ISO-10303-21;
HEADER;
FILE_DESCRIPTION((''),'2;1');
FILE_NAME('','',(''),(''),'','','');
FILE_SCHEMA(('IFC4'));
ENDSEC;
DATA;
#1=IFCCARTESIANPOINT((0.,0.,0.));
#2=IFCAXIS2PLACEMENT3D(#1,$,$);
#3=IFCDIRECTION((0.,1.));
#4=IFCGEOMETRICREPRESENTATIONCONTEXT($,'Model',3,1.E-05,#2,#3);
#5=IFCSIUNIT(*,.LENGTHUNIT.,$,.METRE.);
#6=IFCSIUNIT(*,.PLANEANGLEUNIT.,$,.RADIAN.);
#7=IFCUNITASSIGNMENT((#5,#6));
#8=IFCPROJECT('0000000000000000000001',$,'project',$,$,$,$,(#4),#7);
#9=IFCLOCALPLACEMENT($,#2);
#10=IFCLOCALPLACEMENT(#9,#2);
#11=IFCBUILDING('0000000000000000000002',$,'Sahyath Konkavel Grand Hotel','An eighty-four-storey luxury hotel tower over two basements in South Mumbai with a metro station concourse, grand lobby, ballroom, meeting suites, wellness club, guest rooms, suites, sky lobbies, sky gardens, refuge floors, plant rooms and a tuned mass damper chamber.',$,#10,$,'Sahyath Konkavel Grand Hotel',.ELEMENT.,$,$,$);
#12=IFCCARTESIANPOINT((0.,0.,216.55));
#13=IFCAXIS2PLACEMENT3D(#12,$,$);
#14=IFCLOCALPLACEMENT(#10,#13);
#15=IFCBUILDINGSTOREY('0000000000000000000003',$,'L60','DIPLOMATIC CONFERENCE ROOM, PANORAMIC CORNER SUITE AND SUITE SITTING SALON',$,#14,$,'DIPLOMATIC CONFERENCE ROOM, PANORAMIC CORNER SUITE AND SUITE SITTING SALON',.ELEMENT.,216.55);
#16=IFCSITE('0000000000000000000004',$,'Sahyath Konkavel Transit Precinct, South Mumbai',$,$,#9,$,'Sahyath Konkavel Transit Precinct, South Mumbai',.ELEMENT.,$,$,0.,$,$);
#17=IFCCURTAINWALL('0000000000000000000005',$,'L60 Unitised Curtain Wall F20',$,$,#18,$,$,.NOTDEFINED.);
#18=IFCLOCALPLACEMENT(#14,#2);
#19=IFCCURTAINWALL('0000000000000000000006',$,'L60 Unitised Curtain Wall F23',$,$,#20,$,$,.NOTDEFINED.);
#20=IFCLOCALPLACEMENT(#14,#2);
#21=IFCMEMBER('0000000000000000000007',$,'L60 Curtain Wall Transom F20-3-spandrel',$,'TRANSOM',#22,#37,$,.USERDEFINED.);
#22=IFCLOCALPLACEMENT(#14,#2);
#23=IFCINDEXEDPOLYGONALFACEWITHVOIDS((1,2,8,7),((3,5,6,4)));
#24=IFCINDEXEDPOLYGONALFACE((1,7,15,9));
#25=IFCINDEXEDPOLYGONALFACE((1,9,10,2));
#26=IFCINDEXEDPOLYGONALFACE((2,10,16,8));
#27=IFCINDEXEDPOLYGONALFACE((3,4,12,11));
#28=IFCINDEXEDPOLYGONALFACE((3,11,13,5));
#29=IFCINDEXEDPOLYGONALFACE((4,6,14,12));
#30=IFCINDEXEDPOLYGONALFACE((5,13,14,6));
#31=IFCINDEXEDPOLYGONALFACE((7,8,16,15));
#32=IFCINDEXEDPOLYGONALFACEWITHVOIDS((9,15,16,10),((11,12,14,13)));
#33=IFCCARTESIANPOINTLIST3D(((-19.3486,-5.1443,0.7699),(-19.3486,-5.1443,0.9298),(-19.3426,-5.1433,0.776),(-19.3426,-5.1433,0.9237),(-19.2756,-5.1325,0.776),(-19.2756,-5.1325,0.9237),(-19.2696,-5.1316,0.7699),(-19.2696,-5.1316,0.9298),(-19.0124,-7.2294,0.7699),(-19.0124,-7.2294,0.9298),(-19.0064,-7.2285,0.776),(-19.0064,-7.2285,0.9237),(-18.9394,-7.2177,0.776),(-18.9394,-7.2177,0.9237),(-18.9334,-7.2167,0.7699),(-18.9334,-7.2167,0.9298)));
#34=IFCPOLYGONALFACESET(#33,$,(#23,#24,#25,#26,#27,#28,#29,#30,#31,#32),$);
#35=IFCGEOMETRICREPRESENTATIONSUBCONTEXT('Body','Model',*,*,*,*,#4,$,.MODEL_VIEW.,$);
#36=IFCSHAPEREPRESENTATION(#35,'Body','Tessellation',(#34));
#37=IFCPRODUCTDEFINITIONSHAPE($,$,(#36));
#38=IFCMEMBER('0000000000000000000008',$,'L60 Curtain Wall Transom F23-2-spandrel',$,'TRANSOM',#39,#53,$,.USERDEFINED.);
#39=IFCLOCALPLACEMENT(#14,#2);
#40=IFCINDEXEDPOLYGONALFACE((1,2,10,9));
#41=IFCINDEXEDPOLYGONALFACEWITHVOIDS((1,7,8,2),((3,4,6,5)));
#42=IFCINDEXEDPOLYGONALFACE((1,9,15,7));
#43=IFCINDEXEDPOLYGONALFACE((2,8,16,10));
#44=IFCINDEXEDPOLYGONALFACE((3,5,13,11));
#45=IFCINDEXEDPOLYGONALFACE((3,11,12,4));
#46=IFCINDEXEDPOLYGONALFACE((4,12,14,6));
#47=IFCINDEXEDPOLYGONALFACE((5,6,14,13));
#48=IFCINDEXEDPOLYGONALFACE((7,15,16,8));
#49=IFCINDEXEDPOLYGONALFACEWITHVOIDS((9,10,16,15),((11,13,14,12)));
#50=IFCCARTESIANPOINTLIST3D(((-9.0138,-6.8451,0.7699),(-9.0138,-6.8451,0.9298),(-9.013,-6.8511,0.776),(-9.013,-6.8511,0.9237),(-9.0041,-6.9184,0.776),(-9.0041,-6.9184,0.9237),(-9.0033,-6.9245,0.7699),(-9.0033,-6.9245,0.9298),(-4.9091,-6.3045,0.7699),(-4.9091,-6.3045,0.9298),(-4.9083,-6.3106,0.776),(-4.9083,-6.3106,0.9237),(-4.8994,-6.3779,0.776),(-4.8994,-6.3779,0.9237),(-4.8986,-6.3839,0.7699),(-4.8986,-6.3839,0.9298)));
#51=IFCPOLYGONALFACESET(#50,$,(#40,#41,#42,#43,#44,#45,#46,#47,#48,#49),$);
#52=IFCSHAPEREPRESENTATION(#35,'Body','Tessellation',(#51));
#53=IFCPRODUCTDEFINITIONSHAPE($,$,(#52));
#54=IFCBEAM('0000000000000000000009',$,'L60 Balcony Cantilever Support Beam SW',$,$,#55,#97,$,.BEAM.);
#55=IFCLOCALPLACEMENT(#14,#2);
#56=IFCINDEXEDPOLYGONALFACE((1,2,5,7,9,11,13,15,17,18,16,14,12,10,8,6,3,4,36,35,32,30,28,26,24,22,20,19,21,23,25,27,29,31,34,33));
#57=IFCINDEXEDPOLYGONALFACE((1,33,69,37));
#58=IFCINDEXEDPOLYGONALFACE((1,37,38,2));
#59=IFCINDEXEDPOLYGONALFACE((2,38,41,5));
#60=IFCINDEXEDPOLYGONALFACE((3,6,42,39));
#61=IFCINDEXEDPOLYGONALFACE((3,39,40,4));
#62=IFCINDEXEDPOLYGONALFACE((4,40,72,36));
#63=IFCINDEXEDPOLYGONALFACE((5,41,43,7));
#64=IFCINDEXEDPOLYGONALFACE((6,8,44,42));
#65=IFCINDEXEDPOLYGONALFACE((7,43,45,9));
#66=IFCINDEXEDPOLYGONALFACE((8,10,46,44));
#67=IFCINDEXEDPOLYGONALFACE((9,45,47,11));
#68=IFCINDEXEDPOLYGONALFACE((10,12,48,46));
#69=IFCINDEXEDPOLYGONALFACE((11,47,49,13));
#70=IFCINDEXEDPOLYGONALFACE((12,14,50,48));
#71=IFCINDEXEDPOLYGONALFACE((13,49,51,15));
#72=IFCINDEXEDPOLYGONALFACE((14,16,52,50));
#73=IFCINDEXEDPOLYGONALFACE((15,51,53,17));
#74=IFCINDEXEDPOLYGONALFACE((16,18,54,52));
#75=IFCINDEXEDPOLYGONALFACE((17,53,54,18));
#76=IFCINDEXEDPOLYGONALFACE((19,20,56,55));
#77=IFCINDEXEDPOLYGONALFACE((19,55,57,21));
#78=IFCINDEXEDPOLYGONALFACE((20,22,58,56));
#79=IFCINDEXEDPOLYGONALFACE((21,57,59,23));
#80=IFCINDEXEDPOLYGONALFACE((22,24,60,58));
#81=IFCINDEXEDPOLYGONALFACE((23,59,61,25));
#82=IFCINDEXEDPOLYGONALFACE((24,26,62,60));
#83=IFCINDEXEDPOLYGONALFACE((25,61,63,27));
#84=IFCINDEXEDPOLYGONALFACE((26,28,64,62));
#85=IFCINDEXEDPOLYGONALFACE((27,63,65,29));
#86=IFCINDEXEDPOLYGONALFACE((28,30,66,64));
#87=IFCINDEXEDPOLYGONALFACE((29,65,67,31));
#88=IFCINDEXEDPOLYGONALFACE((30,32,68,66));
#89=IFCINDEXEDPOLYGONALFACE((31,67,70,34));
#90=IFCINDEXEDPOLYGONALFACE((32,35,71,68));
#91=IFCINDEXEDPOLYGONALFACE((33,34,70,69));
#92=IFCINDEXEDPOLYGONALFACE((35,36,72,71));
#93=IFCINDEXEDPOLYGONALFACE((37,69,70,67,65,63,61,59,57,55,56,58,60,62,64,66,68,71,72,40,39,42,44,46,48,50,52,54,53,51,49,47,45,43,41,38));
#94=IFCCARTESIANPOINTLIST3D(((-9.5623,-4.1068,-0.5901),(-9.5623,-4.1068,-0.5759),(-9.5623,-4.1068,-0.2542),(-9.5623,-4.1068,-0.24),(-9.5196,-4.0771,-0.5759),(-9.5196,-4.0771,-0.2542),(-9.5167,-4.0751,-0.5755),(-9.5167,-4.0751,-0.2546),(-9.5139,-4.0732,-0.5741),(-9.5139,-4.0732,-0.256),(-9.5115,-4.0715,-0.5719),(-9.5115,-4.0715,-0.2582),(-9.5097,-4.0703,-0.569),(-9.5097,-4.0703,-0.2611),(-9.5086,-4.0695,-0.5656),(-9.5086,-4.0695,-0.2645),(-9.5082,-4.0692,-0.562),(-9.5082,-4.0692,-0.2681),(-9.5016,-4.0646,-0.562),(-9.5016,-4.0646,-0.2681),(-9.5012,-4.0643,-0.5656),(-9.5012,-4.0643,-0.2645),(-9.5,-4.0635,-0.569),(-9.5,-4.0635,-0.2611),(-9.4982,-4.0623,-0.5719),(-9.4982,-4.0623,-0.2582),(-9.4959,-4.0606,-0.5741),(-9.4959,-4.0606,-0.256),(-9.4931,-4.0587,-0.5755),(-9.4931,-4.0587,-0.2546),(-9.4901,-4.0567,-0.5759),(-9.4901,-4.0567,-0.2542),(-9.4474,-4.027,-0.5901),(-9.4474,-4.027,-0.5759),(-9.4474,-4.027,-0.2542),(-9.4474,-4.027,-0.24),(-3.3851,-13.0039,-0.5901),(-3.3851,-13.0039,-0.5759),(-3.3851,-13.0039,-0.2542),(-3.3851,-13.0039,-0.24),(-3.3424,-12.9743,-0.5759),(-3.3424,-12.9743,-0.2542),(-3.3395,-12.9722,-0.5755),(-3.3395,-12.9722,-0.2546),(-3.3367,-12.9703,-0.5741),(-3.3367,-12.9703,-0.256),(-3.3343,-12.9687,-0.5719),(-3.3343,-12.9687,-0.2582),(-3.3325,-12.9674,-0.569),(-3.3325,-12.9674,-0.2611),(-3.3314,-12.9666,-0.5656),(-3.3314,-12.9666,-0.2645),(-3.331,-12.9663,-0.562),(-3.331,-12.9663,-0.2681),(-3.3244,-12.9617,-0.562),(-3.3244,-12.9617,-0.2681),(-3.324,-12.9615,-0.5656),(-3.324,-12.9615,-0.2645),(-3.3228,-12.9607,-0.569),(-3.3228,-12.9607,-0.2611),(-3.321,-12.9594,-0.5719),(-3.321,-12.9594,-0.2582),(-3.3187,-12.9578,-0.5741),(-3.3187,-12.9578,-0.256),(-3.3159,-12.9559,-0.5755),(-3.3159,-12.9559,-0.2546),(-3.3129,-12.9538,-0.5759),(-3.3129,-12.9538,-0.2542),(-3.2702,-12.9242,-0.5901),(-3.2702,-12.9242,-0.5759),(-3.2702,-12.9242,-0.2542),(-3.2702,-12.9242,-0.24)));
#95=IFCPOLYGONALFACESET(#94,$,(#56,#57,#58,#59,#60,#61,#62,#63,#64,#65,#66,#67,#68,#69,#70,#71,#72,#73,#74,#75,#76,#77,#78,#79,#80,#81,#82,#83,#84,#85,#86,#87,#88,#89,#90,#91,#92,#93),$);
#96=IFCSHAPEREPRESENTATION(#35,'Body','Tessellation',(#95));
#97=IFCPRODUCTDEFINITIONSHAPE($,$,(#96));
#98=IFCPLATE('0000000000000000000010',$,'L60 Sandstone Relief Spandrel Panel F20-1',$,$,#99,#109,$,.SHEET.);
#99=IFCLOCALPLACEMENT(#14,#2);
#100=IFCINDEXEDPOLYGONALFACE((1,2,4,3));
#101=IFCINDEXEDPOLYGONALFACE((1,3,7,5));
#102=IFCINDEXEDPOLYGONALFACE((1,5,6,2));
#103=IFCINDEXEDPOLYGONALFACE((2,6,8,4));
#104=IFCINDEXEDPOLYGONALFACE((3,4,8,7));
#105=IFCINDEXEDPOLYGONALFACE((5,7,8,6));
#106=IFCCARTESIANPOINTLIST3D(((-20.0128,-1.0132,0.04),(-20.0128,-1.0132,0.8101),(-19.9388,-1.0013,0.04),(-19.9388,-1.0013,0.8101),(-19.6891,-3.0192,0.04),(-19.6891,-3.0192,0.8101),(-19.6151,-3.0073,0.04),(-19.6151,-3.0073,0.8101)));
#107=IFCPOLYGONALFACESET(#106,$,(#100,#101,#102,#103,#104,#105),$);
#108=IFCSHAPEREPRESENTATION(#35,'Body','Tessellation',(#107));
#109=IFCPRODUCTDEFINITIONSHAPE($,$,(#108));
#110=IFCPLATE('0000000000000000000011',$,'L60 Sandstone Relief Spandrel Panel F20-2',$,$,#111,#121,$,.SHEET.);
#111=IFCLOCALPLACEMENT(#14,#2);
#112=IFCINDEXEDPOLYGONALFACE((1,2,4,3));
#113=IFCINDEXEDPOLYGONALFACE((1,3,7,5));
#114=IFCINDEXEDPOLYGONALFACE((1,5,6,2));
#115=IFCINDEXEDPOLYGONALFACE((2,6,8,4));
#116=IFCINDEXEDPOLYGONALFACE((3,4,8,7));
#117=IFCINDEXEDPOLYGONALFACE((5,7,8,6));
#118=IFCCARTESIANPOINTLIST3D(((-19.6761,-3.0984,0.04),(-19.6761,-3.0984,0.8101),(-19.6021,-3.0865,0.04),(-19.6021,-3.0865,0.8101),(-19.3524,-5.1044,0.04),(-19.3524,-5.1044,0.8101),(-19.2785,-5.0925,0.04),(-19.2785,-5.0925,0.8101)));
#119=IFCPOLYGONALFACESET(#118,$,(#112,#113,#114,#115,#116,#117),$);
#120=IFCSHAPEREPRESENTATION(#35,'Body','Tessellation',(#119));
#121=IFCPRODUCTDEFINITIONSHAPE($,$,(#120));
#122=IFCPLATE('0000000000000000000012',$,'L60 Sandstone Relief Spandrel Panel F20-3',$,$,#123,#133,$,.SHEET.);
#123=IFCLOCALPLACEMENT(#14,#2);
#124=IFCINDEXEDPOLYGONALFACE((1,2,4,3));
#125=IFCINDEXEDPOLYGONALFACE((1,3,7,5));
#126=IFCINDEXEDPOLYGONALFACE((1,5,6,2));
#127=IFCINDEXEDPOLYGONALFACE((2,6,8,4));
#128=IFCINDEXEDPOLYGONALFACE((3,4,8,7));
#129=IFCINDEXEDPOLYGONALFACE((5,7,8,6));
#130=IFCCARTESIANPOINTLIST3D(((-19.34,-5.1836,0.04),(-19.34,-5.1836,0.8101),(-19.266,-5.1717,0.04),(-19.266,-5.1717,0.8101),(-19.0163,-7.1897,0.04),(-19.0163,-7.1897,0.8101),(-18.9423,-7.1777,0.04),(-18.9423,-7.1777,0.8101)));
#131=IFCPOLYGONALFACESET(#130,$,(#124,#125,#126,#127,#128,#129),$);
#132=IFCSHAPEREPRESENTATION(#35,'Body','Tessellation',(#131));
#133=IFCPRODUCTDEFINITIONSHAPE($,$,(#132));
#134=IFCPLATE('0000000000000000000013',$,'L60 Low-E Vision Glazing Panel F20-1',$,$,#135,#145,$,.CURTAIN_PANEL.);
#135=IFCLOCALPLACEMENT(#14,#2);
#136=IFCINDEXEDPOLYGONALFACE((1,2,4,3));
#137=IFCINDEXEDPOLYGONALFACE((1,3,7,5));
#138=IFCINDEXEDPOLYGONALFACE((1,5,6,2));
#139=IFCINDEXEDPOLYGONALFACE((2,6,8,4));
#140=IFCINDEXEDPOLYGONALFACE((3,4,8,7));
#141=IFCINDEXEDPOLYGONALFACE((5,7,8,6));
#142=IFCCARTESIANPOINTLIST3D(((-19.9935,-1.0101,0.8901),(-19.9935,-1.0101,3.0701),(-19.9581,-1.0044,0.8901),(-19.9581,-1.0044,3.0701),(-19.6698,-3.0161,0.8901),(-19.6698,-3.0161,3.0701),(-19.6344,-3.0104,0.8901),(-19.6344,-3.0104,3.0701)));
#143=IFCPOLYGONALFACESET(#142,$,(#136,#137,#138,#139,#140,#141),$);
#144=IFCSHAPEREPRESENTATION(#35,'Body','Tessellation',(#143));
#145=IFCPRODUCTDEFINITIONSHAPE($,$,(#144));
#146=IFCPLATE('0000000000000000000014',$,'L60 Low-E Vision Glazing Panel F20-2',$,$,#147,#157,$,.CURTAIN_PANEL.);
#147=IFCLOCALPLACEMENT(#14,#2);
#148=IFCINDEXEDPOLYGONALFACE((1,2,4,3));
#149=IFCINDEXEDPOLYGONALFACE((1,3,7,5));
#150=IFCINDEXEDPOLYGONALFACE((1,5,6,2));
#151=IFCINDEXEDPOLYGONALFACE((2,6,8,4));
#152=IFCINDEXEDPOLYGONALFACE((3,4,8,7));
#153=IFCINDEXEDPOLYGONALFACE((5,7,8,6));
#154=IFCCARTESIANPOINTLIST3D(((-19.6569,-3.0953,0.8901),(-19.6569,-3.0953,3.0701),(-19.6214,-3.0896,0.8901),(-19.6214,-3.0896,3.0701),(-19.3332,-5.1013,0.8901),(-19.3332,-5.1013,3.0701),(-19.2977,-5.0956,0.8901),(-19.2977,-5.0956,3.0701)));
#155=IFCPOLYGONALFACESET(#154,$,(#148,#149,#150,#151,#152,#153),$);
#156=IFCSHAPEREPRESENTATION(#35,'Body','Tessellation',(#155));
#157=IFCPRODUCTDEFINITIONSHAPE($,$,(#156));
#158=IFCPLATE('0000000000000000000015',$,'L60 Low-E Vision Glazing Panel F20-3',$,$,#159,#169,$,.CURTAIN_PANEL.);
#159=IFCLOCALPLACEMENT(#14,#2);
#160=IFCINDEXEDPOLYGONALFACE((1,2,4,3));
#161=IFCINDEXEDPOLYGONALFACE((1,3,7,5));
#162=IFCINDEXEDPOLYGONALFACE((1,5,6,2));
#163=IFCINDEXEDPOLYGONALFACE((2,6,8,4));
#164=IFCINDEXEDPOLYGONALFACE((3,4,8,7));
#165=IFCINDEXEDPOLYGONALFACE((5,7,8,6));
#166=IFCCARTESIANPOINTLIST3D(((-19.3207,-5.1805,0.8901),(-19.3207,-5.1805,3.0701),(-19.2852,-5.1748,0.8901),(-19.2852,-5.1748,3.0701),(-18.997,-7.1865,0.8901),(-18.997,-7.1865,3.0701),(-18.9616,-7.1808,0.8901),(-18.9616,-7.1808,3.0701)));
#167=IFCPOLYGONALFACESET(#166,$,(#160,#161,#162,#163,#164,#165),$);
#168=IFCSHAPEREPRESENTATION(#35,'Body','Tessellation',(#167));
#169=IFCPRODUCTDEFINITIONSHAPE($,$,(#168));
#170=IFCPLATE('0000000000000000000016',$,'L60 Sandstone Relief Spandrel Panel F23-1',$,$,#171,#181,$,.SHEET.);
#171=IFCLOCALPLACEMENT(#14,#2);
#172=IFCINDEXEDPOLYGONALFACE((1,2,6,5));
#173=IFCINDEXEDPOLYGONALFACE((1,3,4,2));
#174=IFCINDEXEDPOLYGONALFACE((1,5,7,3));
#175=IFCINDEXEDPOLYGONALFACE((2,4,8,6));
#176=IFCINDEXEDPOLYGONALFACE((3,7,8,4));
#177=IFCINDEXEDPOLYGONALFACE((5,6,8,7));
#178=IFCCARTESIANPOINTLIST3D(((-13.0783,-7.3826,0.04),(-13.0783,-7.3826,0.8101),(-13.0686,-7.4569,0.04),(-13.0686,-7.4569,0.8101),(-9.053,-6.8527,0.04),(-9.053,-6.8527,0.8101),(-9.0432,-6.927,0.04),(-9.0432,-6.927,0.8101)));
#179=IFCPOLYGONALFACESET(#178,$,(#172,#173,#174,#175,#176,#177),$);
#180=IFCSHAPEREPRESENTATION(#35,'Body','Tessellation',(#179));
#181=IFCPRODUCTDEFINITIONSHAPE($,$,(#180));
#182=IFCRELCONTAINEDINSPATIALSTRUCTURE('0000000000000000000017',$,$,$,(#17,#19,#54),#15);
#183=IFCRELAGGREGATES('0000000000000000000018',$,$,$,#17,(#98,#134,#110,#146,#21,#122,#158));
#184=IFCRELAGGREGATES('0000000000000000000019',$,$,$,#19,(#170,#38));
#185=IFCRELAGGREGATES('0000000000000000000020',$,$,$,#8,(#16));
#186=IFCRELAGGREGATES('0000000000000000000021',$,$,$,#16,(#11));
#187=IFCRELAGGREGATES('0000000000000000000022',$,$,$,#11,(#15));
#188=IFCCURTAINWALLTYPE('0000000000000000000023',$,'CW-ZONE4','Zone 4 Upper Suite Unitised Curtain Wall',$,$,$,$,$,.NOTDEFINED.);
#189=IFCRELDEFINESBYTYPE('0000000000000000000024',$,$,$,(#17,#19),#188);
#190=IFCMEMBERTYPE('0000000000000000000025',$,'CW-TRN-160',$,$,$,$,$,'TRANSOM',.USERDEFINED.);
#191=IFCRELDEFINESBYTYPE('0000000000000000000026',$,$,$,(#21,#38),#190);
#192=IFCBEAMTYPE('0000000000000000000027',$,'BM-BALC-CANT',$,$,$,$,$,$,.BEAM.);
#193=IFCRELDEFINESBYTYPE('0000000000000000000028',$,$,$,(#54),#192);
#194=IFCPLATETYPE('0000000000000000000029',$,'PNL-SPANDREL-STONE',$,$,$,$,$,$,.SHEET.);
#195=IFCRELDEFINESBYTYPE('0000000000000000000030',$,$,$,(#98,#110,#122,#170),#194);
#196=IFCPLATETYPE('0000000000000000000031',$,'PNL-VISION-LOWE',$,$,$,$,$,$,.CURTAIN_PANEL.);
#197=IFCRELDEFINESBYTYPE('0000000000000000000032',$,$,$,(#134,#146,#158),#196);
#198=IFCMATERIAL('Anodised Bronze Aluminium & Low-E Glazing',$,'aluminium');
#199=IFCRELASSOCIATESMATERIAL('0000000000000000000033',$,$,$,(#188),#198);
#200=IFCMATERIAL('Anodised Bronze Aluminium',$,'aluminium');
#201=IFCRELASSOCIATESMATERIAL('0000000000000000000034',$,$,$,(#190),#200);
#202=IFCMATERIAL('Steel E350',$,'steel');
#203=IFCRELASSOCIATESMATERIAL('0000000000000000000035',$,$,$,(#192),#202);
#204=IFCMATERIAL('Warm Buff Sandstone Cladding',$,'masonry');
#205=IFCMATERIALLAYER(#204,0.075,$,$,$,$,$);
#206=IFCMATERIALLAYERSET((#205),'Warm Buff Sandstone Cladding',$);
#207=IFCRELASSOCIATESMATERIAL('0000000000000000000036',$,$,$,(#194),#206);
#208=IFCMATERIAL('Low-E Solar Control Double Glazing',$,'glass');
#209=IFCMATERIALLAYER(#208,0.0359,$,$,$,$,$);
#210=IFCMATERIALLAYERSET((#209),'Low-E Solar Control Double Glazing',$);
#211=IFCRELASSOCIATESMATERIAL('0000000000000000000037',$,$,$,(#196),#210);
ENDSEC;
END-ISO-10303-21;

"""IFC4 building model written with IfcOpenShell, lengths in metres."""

from ifc_helpers import new_model, si_unit, direction, frame, origin, origin_2d, place, context, subcontext, project, spatial, rectangle, hollow_rectangle, i_section, extrude, source, transform, mapped, material, layer, layer_set, material_profile, profile_set, type_object, element, aggregate, save


model = new_model("IFC4")

# Units and contexts
model_context = context("Model", 3, precision=1e-05, world=origin(), true_north=direction((0.0, 1.0)))
body_context = subcontext(model_context, "Body", "Model", "MODEL_VIEW")
ifc_project = project(units=[si_unit("LENGTHUNIT", "METRE"), si_unit("PLANEANGLEUNIT", "RADIAN")], contexts=[model_context])

# Site, building, storey
site_placement = place(None, origin())
site = spatial("IfcSite", under=ifc_project, at=site_placement, Name="Sahyath Konkavel Transit Precinct, South Mumbai", LongName="Sahyath Konkavel Transit Precinct, South Mumbai", CompositionType="ELEMENT", RefElevation=0.0)
building_placement = place(site_placement, origin())
building = spatial("IfcBuilding", under=site, at=building_placement, Name="Sahyath Konkavel Grand Hotel", Description="An eighty-four-storey luxury hotel tower over two basements in South Mumbai with a metro station concourse, grand lobby, ballroom, meeting suites, wellness club, guest rooms, suites, sky lobbies, sky gardens, refuge floors, plant rooms and a tuned mass damper chamber.", LongName="Sahyath Konkavel Grand Hotel", CompositionType="ELEMENT")
storey_placement = place(building_placement, frame((0.0, 0.0, 216.55)))
storey = spatial("IfcBuildingStorey", under=building, at=storey_placement, Name="L60", Description="DIPLOMATIC CONFERENCE ROOM, PANORAMIC CORNER SUITE AND SUITE SITTING SALON", LongName="DIPLOMATIC CONFERENCE ROOM, PANORAMIC CORNER SUITE AND SUITE SITTING SALON", CompositionType="ELEMENT", Elevation=216.55)

# Shared definitions
ifc_material_1 = material(Name="Steel E350", Category="steel")

# Curtain wall
ifc_material_2 = material(Name="Anodised Bronze Aluminium & Low-E Glazing", Category="aluminium")
curtain_wall_type = type_object("IfcCurtainWallType", Name="CW-ZONE4", Description="Zone 4 Upper Suite Unitised Curtain Wall", PredefinedType="NOTDEFINED", material=ifc_material_2)
curtain_wall_1_placement = place(storey_placement, origin())
curtain_wall_1 = element("IfcCurtainWall", 1, at=curtain_wall_1_placement, inside=storey, type_object=curtain_wall_type, Name="L60 Unitised Curtain Wall F20", PredefinedType="NOTDEFINED")
ifc_material_3 = material(Name="Anodised Bronze Aluminium", Category="aluminium")

# Curtain wall
curtain_wall_2_placement = place(storey_placement, origin())
curtain_wall_2 = element("IfcCurtainWall", 2, at=curtain_wall_2_placement, inside=storey, type_object=curtain_wall_type, Name="L60 Unitised Curtain Wall F23", PredefinedType="NOTDEFINED")

# Members
ifc_material_profile_1 = material_profile(ifc_material_3, hollow_rectangle(XDim=0.0801, YDim=0.1599, WallThickness=0.0061, at=origin_2d()), Name="RHS 160x80x6")
ifc_profile_set_1 = profile_set([ifc_material_profile_1], Name="Anodised Bronze Aluminium")
member_type_1 = type_object("IfcMemberType", Name="CW-TRN-160", ElementType="TRANSOM", PredefinedType="USERDEFINED", material=ifc_profile_set_1)
shared_shape_1 = source(origin(), body_context, "Body", "SweptSolid", [
    extrude(hollow_rectangle(XDim=0.0801, YDim=0.1599, WallThickness=0.0061, at=origin_2d()), origin(), (0.0, 0.0, 1.0), 2.1121),
])
member_1_placement = place(storey_placement, frame((-19.3091, -5.1379, 0.8499), z_axis=(0.159167, -0.987252, 0.0), x_axis=(0.987252, 0.159167, 0.0)))
member_1 = element("IfcMember", 3, at=member_1_placement, type_object=member_type_1, Name="L60 Curtain Wall Transom F20-3-spandrel", ObjectType="TRANSOM", PredefinedType="USERDEFINED", context=body_context, shape_type="MappedRepresentation", body=[
    mapped(shared_shape_1, transform((0.0, 0.0, 0.0), scale=1.0)),
])
shared_shape_2 = source(origin(), body_context, "Body", "SweptSolid", [
    extrude(hollow_rectangle(XDim=0.0801, YDim=0.1599, WallThickness=0.0061, at=origin_2d()), origin(), (0.0, 0.0, 1.0), 4.1401),
])
member_2_placement = place(storey_placement, frame((-9.0085, -6.8848, 0.8499), z_axis=(0.991441, 0.130557, 0.0), x_axis=(-0.130557, 0.991441, 0.0)))
member_2 = element("IfcMember", 4, at=member_2_placement, type_object=member_type_1, Name="L60 Curtain Wall Transom F23-2-spandrel", ObjectType="TRANSOM", PredefinedType="USERDEFINED", context=body_context, shape_type="MappedRepresentation", body=[
    mapped(shared_shape_2, transform((0.0, 0.0, 0.0), scale=1.0)),
])

# Beam
ifc_material_profile_2 = material_profile(ifc_material_1, i_section(OverallWidth=0.1399, OverallDepth=0.3501, WebThickness=0.0081, FlangeThickness=0.0142, FilletRadius=0.0139, at=origin_2d()), Name="ISMB 350")
ifc_profile_set_2 = profile_set([ifc_material_profile_2], Name="Steel E350")
beam_type_1 = type_object("IfcBeamType", Name="BM-BALC-CANT", PredefinedType="BEAM", material=ifc_profile_set_2)
shared_shape_3 = source(origin(), body_context, "Body", "SweptSolid", [
    extrude(i_section(OverallWidth=0.1399, OverallDepth=0.3501, WebThickness=0.0081, FlangeThickness=0.0142, FilletRadius=0.0139, at=origin_2d()), origin(), (0.0, 0.0, 1.0), 10.8313),
])
beam_1_placement = place(storey_placement, frame((-9.5049, -4.0669, -0.415), z_axis=(0.57031, -0.82143, 0.0), x_axis=(0.82143, 0.57031, 0.0)))
element("IfcBeam", 5, at=beam_1_placement, inside=storey, type_object=beam_type_1, Name="L60 Balcony Cantilever Support Beam SW", PredefinedType="BEAM", context=body_context, shape_type="MappedRepresentation", body=[
    mapped(shared_shape_3, transform((0.0, 0.0, 0.0), scale=1.0)),
])

# Plates
ifc_material_4 = material(Name="Warm Buff Sandstone Cladding", Category="masonry")
ifc_layer_1 = layer(ifc_material_4, 0.075)
ifc_layer_set_1 = layer_set([ifc_layer_1], Name="Warm Buff Sandstone Cladding")
plate_type_1 = type_object("IfcPlateType", Name="PNL-SPANDREL-STONE", PredefinedType="SHEET", material=ifc_layer_set_1)
shared_shape_4 = source(origin(), body_context, "Body", "SweptSolid", [
    extrude(rectangle(XDim=2.032, YDim=0.075, at=origin_2d()), origin(), (0.0, 0.0, 1.0), 0.77),
])
plate_1_placement = place(storey_placement, frame((-19.814, -2.0103, 0.04), z_axis=(0.0, 0.0, 1.0), x_axis=(0.159295, -0.987231, 0.0)))
plate_1 = element("IfcPlate", 6, at=plate_1_placement, type_object=plate_type_1, Name="L60 Sandstone Relief Spandrel Panel F20-1", PredefinedType="SHEET", context=body_context, shape_type="MappedRepresentation", body=[
    mapped(shared_shape_4, transform((0.0, 0.0, 0.0), scale=1.0)),
])
plate_2_placement = place(storey_placement, frame((-19.4773, -4.0955, 0.04), z_axis=(0.0, 0.0, 1.0), x_axis=(0.159295, -0.987231, 0.0)))
plate_2 = element("IfcPlate", 7, at=plate_2_placement, type_object=plate_type_1, Name="L60 Sandstone Relief Spandrel Panel F20-2", PredefinedType="SHEET", context=body_context, shape_type="MappedRepresentation", body=[
    mapped(shared_shape_4, transform((0.0, 0.0, 0.0), scale=1.0)),
])
plate_3_placement = place(storey_placement, frame((-19.1411, -6.1807, 0.04), z_axis=(0.0, 0.0, 1.0), x_axis=(0.159295, -0.987231, 0.0)))
plate_3 = element("IfcPlate", 8, at=plate_3_placement, type_object=plate_type_1, Name="L60 Sandstone Relief Spandrel Panel F20-3", PredefinedType="SHEET", context=body_context, shape_type="MappedRepresentation", body=[
    mapped(shared_shape_4, transform((0.0, 0.0, 0.0), scale=1.0)),
])
ifc_material_5 = material(Name="Low-E Solar Control Double Glazing", Category="glass")
ifc_layer_2 = layer(ifc_material_5, 0.0359)
ifc_layer_set_2 = layer_set([ifc_layer_2], Name="Low-E Solar Control Double Glazing")
plate_type_2 = type_object("IfcPlateType", Name="PNL-VISION-LOWE", PredefinedType="CURTAIN_PANEL", material=ifc_layer_set_2)
shared_shape_5 = source(origin(), body_context, "Body", "SweptSolid", [
    extrude(rectangle(XDim=2.032, YDim=0.0359, at=origin_2d()), origin(), (0.0, 0.0, 1.0), 2.1799),
])
plate_4_placement = place(storey_placement, frame((-19.814, -2.0103, 0.8901), z_axis=(0.0, 0.0, 1.0), x_axis=(0.159295, -0.987231, 0.0)))
plate_4 = element("IfcPlate", 9, at=plate_4_placement, type_object=plate_type_2, Name="L60 Low-E Vision Glazing Panel F20-1", PredefinedType="CURTAIN_PANEL", context=body_context, shape_type="MappedRepresentation", body=[
    mapped(shared_shape_5, transform((0.0, 0.0, 0.0), scale=1.0)),
])
plate_5_placement = place(storey_placement, frame((-19.4773, -4.0955, 0.8901), z_axis=(0.0, 0.0, 1.0), x_axis=(0.159295, -0.987231, 0.0)))
plate_5 = element("IfcPlate", 10, at=plate_5_placement, type_object=plate_type_2, Name="L60 Low-E Vision Glazing Panel F20-2", PredefinedType="CURTAIN_PANEL", context=body_context, shape_type="MappedRepresentation", body=[
    mapped(shared_shape_5, transform((0.0, 0.0, 0.0), scale=1.0)),
])
plate_6_placement = place(storey_placement, frame((-19.1411, -6.1807, 0.8901), z_axis=(0.0, 0.0, 1.0), x_axis=(0.159295, -0.987231, 0.0)))
plate_6 = element("IfcPlate", 11, at=plate_6_placement, type_object=plate_type_2, Name="L60 Low-E Vision Glazing Panel F20-3", PredefinedType="CURTAIN_PANEL", context=body_context, shape_type="MappedRepresentation", body=[
    mapped(shared_shape_5, transform((0.0, 0.0, 0.0), scale=1.0)),
])
aggregate(curtain_wall_1, [plate_1, plate_4, plate_2, plate_5, member_1, plate_3, plate_6])
shared_shape_6 = source(origin(), body_context, "Body", "SweptSolid", [
    extrude(rectangle(XDim=4.0601, YDim=0.075, at=origin_2d()), origin(), (0.0, 0.0, 1.0), 0.77),
])
plate_7_placement = place(storey_placement, frame((-11.0608, -7.1548, 0.04), z_axis=(0.0, 0.0, 1.0), x_axis=(0.991445, 0.130526, 0.0)))
plate_7 = element("IfcPlate", 12, at=plate_7_placement, type_object=plate_type_1, Name="L60 Sandstone Relief Spandrel Panel F23-1", PredefinedType="SHEET", context=body_context, shape_type="MappedRepresentation", body=[
    mapped(shared_shape_6, transform((0.0, 0.0, 0.0), scale=1.0)),
])
aggregate(curtain_wall_2, [plate_7, member_2])

save(model, "model.ifc")
